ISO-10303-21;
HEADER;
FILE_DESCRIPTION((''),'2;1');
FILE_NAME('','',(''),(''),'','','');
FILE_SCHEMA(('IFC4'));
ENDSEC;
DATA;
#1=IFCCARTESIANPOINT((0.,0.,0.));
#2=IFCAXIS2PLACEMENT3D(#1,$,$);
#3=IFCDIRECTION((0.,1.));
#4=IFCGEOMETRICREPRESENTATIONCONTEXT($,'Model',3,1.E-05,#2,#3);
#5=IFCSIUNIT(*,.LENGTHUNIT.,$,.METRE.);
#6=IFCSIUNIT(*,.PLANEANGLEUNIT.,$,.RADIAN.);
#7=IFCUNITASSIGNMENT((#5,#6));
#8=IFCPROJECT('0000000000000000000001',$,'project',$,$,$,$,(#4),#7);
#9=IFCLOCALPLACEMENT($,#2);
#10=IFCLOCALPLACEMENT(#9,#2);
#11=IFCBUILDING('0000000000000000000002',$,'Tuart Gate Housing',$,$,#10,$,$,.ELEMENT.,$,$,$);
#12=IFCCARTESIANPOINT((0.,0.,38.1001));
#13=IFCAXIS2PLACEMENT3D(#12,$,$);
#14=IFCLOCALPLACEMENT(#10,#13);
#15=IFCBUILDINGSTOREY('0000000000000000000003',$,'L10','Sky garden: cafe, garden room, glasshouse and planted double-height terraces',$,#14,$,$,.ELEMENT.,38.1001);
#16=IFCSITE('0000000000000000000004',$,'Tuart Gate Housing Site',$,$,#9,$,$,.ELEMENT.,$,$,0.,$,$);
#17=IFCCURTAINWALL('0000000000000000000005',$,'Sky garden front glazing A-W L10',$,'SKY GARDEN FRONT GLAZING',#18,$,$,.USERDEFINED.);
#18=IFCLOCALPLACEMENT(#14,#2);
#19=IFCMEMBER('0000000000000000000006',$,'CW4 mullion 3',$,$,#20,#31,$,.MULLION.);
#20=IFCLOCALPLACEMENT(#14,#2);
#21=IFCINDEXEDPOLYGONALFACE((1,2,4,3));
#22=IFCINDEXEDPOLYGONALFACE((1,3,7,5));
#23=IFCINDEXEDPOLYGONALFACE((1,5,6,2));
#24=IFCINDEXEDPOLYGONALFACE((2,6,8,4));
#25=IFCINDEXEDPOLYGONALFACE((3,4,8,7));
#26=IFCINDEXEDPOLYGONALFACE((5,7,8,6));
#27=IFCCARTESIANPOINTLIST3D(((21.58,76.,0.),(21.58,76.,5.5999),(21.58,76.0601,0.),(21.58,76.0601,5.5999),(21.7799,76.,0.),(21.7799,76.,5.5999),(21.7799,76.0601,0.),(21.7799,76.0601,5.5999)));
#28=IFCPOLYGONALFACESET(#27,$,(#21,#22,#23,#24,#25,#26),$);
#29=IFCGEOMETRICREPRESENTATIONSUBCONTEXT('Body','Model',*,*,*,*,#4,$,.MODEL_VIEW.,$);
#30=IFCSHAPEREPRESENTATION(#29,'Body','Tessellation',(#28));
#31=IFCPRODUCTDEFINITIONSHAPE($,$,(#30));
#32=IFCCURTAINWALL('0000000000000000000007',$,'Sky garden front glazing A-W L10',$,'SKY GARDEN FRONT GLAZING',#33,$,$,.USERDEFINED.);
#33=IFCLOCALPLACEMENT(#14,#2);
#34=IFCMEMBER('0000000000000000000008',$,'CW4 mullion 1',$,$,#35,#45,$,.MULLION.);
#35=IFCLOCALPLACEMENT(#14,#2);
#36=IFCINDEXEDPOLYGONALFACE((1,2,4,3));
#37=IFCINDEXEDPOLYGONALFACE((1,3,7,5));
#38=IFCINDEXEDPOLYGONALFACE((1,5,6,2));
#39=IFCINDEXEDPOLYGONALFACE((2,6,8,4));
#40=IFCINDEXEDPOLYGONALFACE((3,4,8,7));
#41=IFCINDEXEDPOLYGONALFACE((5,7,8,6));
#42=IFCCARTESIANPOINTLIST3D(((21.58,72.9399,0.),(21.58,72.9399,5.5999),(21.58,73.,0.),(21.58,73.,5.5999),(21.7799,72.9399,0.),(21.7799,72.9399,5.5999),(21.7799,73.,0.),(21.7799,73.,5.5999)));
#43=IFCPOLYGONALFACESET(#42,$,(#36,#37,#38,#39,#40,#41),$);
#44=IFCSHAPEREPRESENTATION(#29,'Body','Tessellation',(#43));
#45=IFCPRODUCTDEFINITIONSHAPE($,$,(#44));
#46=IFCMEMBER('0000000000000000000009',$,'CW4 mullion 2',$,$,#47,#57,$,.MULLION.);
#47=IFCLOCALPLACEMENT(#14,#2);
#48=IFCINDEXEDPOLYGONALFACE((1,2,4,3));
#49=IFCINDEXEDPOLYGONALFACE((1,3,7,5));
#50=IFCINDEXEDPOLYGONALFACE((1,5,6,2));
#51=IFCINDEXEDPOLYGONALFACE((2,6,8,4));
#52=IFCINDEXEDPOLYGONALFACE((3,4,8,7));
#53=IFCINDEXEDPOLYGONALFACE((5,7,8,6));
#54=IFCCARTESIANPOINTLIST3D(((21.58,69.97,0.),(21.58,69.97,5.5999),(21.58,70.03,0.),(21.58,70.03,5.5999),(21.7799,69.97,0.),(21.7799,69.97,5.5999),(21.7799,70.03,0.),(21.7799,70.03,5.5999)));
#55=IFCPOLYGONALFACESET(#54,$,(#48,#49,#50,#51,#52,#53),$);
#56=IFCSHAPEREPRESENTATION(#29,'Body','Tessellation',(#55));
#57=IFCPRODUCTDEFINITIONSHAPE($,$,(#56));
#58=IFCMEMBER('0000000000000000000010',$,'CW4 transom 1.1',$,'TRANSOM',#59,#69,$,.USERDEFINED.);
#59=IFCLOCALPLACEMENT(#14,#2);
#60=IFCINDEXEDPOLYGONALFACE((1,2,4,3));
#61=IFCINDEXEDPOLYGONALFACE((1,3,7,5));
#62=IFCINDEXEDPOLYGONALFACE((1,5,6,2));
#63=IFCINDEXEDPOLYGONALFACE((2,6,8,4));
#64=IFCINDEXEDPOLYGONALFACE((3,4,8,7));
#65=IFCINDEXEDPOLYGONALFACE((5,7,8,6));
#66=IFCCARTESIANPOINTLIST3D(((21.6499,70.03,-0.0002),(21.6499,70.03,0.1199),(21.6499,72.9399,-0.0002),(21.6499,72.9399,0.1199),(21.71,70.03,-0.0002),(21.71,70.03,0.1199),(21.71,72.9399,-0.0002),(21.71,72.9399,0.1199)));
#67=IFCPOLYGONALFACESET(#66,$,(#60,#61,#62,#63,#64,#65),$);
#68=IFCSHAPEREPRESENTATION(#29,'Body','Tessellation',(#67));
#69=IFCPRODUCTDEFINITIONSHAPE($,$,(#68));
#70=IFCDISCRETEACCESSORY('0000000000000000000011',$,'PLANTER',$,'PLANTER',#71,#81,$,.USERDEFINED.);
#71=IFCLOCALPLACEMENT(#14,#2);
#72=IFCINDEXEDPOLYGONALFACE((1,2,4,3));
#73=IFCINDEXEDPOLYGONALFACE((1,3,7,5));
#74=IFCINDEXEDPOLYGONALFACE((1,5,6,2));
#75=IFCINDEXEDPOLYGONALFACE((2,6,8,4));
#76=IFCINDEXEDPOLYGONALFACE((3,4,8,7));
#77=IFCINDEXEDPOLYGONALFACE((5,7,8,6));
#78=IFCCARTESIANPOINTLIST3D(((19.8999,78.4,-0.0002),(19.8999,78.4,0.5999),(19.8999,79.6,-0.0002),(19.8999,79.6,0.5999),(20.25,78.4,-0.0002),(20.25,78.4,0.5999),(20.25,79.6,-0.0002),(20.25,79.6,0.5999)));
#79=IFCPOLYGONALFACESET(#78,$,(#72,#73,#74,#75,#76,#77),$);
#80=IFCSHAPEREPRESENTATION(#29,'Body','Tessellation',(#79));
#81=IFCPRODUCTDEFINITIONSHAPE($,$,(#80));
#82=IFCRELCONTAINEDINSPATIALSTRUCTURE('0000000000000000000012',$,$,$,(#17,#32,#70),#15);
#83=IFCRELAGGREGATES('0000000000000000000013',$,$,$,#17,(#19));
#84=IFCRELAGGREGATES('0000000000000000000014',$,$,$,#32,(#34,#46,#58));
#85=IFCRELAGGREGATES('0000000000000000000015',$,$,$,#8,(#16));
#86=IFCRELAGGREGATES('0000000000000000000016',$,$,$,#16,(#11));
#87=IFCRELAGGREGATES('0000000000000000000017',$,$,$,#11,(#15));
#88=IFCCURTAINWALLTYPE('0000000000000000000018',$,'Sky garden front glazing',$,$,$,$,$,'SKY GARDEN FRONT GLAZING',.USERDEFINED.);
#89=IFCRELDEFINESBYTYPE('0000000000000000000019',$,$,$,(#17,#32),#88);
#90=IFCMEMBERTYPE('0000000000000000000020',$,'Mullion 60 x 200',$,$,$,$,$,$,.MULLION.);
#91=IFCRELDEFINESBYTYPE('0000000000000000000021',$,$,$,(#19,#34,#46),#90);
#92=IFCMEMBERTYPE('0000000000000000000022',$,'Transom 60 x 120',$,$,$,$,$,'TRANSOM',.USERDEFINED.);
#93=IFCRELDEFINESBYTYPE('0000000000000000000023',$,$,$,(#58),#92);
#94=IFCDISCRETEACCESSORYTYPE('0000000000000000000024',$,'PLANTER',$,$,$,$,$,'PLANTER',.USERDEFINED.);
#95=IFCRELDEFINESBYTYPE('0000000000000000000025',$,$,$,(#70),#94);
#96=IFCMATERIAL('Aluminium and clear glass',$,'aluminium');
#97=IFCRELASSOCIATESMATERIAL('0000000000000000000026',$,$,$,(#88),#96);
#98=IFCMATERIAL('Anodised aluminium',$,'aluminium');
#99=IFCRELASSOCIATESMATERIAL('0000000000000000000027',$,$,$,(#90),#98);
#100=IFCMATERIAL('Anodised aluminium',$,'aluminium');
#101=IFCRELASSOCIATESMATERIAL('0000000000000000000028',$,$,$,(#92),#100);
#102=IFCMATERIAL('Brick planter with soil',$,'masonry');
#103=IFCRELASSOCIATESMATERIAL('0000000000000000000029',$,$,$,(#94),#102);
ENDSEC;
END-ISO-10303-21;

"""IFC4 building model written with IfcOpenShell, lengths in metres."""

from ifc_helpers import new_model, si_unit, direction, frame, origin, origin_2d, place, context, subcontext, project, spatial, rectangle, extrude, material, material_profile, profile_set, type_object, element, aggregate, save


model = new_model("IFC4")

# Units and contexts
model_context = context("Model", 3, precision=1e-05, world=origin(), true_north=direction((0.0, 1.0)))
body_context = subcontext(model_context, "Body", "Model", "MODEL_VIEW")
ifc_project = project(units=[si_unit("LENGTHUNIT", "METRE"), si_unit("PLANEANGLEUNIT", "RADIAN")], contexts=[model_context])

# Site, building, storey
site_placement = place(None, origin())
site = spatial("IfcSite", under=ifc_project, at=site_placement, Name="Tuart Gate Housing Site", CompositionType="ELEMENT", RefElevation=0.0)
building_placement = place(site_placement, origin())
building = spatial("IfcBuilding", under=site, at=building_placement, Name="Tuart Gate Housing", CompositionType="ELEMENT")
storey_placement = place(building_placement, frame((0.0, 0.0, 38.1001)))
storey = spatial("IfcBuildingStorey", under=building, at=storey_placement, Name="L10", Description="Sky garden: cafe, garden room, glasshouse and planted double-height terraces", CompositionType="ELEMENT", Elevation=38.1001)

# Curtain wall, member
ifc_material_1 = material(Name="Aluminium and clear glass", Category="aluminium")
curtain_wall_type = type_object("IfcCurtainWallType", Name="Sky garden front glazing", ElementType="SKY GARDEN FRONT GLAZING", PredefinedType="USERDEFINED", material=ifc_material_1)
curtain_wall_1_placement = place(storey_placement, origin())
curtain_wall_1 = element("IfcCurtainWall", 1, at=curtain_wall_1_placement, inside=storey, type_object=curtain_wall_type, Name="Sky garden front glazing A-W L10", ObjectType="SKY GARDEN FRONT GLAZING", PredefinedType="USERDEFINED")
ifc_material_2 = material(Name="Anodised aluminium", Category="aluminium")
ifc_material_profile_1 = material_profile(ifc_material_2, rectangle(XDim=0.0601, YDim=0.2, at=origin_2d()), Name="60x200")
ifc_profile_set_1 = profile_set([ifc_material_profile_1], Name="Anodised aluminium")
member_type_1 = type_object("IfcMemberType", Name="Mullion 60 x 200", PredefinedType="MULLION", material=ifc_profile_set_1)
member_1_placement = place(storey_placement, frame((21.6799, 76.03, 0.0), z_axis=(0.0, 0.0, 1.0), x_axis=(0.0, -1.0, 0.0)))
member_1 = element("IfcMember", 2, at=member_1_placement, type_object=member_type_1, Name="CW4 mullion 3", PredefinedType="MULLION", context=body_context, shape_type="SweptSolid", body=[
    extrude(rectangle(XDim=0.0601, YDim=0.2, at=origin_2d()), origin(), (0.0, 0.0, 1.0), 5.5999),
])
aggregate(curtain_wall_1, [member_1])

# Curtain wall, members
curtain_wall_2_placement = place(storey_placement, origin())
curtain_wall_2 = element("IfcCurtainWall", 3, at=curtain_wall_2_placement, inside=storey, type_object=curtain_wall_type, Name="Sky garden front glazing A-W L10", ObjectType="SKY GARDEN FRONT GLAZING", PredefinedType="USERDEFINED")
member_2_placement = place(storey_placement, frame((21.6799, 72.97, 0.0), z_axis=(0.0, 0.0, 1.0), x_axis=(0.0, -1.0, 0.0)))
member_2 = element("IfcMember", 4, at=member_2_placement, type_object=member_type_1, Name="CW4 mullion 1", PredefinedType="MULLION", context=body_context, shape_type="SweptSolid", body=[
    extrude(rectangle(XDim=0.0601, YDim=0.2, at=origin_2d()), origin(), (0.0, 0.0, 1.0), 5.5999),
])
member_3_placement = place(storey_placement, frame((21.6799, 70.0, 0.0), z_axis=(0.0, 0.0, 1.0), x_axis=(0.0, -1.0, 0.0)))
member_3 = element("IfcMember", 5, at=member_3_placement, type_object=member_type_1, Name="CW4 mullion 2", PredefinedType="MULLION", context=body_context, shape_type="SweptSolid", body=[
    extrude(rectangle(XDim=0.0601, YDim=0.2, at=origin_2d()), origin(), (0.0, 0.0, 1.0), 5.5999),
])
ifc_material_3 = material(Name="Anodised aluminium", Category="aluminium")
ifc_material_profile_2 = material_profile(ifc_material_3, rectangle(XDim=0.0601, YDim=0.1201, at=origin_2d()), Name="60x120")
ifc_profile_set_2 = profile_set([ifc_material_profile_2], Name="Anodised aluminium")
member_type_2 = type_object("IfcMemberType", Name="Transom 60 x 120", ElementType="TRANSOM", PredefinedType="USERDEFINED", material=ifc_profile_set_2)
member_4_placement = place(storey_placement, frame((21.6799, 72.9399, 0.0598), z_axis=(0.0, -1.0, 0.0), x_axis=(1.0, 0.0, 0.0)))
member_4 = element("IfcMember", 6, at=member_4_placement, type_object=member_type_2, Name="CW4 transom 1.1", ObjectType="TRANSOM", PredefinedType="USERDEFINED", context=body_context, shape_type="SweptSolid", body=[
    extrude(rectangle(XDim=0.0601, YDim=0.1201, at=origin_2d()), origin(), (0.0, 0.0, 1.0), 2.9099),
])
aggregate(curtain_wall_2, [member_2, member_3, member_4])

# Discrete accessory
ifc_material_4 = material(Name="Brick planter with soil", Category="masonry")
discrete_accessory_type = type_object("IfcDiscreteAccessoryType", Name="PLANTER", ElementType="PLANTER", PredefinedType="USERDEFINED", material=ifc_material_4)
discrete_accessory_placement = place(storey_placement, frame((20.075, 79.0, -0.0002), z_axis=(0.0, 0.0, 1.0), x_axis=(1.0, 0.0, 0.0)))
element("IfcDiscreteAccessory", 7, at=discrete_accessory_placement, inside=storey, type_object=discrete_accessory_type, Name="PLANTER", ObjectType="PLANTER", PredefinedType="USERDEFINED", context=body_context, shape_type="SweptSolid", body=[
    extrude(rectangle(XDim=0.3501, YDim=1.2, at=origin_2d()), origin(), (0.0, 0.0, 1.0), 0.6001),
])

save(model, "model.ifc")
